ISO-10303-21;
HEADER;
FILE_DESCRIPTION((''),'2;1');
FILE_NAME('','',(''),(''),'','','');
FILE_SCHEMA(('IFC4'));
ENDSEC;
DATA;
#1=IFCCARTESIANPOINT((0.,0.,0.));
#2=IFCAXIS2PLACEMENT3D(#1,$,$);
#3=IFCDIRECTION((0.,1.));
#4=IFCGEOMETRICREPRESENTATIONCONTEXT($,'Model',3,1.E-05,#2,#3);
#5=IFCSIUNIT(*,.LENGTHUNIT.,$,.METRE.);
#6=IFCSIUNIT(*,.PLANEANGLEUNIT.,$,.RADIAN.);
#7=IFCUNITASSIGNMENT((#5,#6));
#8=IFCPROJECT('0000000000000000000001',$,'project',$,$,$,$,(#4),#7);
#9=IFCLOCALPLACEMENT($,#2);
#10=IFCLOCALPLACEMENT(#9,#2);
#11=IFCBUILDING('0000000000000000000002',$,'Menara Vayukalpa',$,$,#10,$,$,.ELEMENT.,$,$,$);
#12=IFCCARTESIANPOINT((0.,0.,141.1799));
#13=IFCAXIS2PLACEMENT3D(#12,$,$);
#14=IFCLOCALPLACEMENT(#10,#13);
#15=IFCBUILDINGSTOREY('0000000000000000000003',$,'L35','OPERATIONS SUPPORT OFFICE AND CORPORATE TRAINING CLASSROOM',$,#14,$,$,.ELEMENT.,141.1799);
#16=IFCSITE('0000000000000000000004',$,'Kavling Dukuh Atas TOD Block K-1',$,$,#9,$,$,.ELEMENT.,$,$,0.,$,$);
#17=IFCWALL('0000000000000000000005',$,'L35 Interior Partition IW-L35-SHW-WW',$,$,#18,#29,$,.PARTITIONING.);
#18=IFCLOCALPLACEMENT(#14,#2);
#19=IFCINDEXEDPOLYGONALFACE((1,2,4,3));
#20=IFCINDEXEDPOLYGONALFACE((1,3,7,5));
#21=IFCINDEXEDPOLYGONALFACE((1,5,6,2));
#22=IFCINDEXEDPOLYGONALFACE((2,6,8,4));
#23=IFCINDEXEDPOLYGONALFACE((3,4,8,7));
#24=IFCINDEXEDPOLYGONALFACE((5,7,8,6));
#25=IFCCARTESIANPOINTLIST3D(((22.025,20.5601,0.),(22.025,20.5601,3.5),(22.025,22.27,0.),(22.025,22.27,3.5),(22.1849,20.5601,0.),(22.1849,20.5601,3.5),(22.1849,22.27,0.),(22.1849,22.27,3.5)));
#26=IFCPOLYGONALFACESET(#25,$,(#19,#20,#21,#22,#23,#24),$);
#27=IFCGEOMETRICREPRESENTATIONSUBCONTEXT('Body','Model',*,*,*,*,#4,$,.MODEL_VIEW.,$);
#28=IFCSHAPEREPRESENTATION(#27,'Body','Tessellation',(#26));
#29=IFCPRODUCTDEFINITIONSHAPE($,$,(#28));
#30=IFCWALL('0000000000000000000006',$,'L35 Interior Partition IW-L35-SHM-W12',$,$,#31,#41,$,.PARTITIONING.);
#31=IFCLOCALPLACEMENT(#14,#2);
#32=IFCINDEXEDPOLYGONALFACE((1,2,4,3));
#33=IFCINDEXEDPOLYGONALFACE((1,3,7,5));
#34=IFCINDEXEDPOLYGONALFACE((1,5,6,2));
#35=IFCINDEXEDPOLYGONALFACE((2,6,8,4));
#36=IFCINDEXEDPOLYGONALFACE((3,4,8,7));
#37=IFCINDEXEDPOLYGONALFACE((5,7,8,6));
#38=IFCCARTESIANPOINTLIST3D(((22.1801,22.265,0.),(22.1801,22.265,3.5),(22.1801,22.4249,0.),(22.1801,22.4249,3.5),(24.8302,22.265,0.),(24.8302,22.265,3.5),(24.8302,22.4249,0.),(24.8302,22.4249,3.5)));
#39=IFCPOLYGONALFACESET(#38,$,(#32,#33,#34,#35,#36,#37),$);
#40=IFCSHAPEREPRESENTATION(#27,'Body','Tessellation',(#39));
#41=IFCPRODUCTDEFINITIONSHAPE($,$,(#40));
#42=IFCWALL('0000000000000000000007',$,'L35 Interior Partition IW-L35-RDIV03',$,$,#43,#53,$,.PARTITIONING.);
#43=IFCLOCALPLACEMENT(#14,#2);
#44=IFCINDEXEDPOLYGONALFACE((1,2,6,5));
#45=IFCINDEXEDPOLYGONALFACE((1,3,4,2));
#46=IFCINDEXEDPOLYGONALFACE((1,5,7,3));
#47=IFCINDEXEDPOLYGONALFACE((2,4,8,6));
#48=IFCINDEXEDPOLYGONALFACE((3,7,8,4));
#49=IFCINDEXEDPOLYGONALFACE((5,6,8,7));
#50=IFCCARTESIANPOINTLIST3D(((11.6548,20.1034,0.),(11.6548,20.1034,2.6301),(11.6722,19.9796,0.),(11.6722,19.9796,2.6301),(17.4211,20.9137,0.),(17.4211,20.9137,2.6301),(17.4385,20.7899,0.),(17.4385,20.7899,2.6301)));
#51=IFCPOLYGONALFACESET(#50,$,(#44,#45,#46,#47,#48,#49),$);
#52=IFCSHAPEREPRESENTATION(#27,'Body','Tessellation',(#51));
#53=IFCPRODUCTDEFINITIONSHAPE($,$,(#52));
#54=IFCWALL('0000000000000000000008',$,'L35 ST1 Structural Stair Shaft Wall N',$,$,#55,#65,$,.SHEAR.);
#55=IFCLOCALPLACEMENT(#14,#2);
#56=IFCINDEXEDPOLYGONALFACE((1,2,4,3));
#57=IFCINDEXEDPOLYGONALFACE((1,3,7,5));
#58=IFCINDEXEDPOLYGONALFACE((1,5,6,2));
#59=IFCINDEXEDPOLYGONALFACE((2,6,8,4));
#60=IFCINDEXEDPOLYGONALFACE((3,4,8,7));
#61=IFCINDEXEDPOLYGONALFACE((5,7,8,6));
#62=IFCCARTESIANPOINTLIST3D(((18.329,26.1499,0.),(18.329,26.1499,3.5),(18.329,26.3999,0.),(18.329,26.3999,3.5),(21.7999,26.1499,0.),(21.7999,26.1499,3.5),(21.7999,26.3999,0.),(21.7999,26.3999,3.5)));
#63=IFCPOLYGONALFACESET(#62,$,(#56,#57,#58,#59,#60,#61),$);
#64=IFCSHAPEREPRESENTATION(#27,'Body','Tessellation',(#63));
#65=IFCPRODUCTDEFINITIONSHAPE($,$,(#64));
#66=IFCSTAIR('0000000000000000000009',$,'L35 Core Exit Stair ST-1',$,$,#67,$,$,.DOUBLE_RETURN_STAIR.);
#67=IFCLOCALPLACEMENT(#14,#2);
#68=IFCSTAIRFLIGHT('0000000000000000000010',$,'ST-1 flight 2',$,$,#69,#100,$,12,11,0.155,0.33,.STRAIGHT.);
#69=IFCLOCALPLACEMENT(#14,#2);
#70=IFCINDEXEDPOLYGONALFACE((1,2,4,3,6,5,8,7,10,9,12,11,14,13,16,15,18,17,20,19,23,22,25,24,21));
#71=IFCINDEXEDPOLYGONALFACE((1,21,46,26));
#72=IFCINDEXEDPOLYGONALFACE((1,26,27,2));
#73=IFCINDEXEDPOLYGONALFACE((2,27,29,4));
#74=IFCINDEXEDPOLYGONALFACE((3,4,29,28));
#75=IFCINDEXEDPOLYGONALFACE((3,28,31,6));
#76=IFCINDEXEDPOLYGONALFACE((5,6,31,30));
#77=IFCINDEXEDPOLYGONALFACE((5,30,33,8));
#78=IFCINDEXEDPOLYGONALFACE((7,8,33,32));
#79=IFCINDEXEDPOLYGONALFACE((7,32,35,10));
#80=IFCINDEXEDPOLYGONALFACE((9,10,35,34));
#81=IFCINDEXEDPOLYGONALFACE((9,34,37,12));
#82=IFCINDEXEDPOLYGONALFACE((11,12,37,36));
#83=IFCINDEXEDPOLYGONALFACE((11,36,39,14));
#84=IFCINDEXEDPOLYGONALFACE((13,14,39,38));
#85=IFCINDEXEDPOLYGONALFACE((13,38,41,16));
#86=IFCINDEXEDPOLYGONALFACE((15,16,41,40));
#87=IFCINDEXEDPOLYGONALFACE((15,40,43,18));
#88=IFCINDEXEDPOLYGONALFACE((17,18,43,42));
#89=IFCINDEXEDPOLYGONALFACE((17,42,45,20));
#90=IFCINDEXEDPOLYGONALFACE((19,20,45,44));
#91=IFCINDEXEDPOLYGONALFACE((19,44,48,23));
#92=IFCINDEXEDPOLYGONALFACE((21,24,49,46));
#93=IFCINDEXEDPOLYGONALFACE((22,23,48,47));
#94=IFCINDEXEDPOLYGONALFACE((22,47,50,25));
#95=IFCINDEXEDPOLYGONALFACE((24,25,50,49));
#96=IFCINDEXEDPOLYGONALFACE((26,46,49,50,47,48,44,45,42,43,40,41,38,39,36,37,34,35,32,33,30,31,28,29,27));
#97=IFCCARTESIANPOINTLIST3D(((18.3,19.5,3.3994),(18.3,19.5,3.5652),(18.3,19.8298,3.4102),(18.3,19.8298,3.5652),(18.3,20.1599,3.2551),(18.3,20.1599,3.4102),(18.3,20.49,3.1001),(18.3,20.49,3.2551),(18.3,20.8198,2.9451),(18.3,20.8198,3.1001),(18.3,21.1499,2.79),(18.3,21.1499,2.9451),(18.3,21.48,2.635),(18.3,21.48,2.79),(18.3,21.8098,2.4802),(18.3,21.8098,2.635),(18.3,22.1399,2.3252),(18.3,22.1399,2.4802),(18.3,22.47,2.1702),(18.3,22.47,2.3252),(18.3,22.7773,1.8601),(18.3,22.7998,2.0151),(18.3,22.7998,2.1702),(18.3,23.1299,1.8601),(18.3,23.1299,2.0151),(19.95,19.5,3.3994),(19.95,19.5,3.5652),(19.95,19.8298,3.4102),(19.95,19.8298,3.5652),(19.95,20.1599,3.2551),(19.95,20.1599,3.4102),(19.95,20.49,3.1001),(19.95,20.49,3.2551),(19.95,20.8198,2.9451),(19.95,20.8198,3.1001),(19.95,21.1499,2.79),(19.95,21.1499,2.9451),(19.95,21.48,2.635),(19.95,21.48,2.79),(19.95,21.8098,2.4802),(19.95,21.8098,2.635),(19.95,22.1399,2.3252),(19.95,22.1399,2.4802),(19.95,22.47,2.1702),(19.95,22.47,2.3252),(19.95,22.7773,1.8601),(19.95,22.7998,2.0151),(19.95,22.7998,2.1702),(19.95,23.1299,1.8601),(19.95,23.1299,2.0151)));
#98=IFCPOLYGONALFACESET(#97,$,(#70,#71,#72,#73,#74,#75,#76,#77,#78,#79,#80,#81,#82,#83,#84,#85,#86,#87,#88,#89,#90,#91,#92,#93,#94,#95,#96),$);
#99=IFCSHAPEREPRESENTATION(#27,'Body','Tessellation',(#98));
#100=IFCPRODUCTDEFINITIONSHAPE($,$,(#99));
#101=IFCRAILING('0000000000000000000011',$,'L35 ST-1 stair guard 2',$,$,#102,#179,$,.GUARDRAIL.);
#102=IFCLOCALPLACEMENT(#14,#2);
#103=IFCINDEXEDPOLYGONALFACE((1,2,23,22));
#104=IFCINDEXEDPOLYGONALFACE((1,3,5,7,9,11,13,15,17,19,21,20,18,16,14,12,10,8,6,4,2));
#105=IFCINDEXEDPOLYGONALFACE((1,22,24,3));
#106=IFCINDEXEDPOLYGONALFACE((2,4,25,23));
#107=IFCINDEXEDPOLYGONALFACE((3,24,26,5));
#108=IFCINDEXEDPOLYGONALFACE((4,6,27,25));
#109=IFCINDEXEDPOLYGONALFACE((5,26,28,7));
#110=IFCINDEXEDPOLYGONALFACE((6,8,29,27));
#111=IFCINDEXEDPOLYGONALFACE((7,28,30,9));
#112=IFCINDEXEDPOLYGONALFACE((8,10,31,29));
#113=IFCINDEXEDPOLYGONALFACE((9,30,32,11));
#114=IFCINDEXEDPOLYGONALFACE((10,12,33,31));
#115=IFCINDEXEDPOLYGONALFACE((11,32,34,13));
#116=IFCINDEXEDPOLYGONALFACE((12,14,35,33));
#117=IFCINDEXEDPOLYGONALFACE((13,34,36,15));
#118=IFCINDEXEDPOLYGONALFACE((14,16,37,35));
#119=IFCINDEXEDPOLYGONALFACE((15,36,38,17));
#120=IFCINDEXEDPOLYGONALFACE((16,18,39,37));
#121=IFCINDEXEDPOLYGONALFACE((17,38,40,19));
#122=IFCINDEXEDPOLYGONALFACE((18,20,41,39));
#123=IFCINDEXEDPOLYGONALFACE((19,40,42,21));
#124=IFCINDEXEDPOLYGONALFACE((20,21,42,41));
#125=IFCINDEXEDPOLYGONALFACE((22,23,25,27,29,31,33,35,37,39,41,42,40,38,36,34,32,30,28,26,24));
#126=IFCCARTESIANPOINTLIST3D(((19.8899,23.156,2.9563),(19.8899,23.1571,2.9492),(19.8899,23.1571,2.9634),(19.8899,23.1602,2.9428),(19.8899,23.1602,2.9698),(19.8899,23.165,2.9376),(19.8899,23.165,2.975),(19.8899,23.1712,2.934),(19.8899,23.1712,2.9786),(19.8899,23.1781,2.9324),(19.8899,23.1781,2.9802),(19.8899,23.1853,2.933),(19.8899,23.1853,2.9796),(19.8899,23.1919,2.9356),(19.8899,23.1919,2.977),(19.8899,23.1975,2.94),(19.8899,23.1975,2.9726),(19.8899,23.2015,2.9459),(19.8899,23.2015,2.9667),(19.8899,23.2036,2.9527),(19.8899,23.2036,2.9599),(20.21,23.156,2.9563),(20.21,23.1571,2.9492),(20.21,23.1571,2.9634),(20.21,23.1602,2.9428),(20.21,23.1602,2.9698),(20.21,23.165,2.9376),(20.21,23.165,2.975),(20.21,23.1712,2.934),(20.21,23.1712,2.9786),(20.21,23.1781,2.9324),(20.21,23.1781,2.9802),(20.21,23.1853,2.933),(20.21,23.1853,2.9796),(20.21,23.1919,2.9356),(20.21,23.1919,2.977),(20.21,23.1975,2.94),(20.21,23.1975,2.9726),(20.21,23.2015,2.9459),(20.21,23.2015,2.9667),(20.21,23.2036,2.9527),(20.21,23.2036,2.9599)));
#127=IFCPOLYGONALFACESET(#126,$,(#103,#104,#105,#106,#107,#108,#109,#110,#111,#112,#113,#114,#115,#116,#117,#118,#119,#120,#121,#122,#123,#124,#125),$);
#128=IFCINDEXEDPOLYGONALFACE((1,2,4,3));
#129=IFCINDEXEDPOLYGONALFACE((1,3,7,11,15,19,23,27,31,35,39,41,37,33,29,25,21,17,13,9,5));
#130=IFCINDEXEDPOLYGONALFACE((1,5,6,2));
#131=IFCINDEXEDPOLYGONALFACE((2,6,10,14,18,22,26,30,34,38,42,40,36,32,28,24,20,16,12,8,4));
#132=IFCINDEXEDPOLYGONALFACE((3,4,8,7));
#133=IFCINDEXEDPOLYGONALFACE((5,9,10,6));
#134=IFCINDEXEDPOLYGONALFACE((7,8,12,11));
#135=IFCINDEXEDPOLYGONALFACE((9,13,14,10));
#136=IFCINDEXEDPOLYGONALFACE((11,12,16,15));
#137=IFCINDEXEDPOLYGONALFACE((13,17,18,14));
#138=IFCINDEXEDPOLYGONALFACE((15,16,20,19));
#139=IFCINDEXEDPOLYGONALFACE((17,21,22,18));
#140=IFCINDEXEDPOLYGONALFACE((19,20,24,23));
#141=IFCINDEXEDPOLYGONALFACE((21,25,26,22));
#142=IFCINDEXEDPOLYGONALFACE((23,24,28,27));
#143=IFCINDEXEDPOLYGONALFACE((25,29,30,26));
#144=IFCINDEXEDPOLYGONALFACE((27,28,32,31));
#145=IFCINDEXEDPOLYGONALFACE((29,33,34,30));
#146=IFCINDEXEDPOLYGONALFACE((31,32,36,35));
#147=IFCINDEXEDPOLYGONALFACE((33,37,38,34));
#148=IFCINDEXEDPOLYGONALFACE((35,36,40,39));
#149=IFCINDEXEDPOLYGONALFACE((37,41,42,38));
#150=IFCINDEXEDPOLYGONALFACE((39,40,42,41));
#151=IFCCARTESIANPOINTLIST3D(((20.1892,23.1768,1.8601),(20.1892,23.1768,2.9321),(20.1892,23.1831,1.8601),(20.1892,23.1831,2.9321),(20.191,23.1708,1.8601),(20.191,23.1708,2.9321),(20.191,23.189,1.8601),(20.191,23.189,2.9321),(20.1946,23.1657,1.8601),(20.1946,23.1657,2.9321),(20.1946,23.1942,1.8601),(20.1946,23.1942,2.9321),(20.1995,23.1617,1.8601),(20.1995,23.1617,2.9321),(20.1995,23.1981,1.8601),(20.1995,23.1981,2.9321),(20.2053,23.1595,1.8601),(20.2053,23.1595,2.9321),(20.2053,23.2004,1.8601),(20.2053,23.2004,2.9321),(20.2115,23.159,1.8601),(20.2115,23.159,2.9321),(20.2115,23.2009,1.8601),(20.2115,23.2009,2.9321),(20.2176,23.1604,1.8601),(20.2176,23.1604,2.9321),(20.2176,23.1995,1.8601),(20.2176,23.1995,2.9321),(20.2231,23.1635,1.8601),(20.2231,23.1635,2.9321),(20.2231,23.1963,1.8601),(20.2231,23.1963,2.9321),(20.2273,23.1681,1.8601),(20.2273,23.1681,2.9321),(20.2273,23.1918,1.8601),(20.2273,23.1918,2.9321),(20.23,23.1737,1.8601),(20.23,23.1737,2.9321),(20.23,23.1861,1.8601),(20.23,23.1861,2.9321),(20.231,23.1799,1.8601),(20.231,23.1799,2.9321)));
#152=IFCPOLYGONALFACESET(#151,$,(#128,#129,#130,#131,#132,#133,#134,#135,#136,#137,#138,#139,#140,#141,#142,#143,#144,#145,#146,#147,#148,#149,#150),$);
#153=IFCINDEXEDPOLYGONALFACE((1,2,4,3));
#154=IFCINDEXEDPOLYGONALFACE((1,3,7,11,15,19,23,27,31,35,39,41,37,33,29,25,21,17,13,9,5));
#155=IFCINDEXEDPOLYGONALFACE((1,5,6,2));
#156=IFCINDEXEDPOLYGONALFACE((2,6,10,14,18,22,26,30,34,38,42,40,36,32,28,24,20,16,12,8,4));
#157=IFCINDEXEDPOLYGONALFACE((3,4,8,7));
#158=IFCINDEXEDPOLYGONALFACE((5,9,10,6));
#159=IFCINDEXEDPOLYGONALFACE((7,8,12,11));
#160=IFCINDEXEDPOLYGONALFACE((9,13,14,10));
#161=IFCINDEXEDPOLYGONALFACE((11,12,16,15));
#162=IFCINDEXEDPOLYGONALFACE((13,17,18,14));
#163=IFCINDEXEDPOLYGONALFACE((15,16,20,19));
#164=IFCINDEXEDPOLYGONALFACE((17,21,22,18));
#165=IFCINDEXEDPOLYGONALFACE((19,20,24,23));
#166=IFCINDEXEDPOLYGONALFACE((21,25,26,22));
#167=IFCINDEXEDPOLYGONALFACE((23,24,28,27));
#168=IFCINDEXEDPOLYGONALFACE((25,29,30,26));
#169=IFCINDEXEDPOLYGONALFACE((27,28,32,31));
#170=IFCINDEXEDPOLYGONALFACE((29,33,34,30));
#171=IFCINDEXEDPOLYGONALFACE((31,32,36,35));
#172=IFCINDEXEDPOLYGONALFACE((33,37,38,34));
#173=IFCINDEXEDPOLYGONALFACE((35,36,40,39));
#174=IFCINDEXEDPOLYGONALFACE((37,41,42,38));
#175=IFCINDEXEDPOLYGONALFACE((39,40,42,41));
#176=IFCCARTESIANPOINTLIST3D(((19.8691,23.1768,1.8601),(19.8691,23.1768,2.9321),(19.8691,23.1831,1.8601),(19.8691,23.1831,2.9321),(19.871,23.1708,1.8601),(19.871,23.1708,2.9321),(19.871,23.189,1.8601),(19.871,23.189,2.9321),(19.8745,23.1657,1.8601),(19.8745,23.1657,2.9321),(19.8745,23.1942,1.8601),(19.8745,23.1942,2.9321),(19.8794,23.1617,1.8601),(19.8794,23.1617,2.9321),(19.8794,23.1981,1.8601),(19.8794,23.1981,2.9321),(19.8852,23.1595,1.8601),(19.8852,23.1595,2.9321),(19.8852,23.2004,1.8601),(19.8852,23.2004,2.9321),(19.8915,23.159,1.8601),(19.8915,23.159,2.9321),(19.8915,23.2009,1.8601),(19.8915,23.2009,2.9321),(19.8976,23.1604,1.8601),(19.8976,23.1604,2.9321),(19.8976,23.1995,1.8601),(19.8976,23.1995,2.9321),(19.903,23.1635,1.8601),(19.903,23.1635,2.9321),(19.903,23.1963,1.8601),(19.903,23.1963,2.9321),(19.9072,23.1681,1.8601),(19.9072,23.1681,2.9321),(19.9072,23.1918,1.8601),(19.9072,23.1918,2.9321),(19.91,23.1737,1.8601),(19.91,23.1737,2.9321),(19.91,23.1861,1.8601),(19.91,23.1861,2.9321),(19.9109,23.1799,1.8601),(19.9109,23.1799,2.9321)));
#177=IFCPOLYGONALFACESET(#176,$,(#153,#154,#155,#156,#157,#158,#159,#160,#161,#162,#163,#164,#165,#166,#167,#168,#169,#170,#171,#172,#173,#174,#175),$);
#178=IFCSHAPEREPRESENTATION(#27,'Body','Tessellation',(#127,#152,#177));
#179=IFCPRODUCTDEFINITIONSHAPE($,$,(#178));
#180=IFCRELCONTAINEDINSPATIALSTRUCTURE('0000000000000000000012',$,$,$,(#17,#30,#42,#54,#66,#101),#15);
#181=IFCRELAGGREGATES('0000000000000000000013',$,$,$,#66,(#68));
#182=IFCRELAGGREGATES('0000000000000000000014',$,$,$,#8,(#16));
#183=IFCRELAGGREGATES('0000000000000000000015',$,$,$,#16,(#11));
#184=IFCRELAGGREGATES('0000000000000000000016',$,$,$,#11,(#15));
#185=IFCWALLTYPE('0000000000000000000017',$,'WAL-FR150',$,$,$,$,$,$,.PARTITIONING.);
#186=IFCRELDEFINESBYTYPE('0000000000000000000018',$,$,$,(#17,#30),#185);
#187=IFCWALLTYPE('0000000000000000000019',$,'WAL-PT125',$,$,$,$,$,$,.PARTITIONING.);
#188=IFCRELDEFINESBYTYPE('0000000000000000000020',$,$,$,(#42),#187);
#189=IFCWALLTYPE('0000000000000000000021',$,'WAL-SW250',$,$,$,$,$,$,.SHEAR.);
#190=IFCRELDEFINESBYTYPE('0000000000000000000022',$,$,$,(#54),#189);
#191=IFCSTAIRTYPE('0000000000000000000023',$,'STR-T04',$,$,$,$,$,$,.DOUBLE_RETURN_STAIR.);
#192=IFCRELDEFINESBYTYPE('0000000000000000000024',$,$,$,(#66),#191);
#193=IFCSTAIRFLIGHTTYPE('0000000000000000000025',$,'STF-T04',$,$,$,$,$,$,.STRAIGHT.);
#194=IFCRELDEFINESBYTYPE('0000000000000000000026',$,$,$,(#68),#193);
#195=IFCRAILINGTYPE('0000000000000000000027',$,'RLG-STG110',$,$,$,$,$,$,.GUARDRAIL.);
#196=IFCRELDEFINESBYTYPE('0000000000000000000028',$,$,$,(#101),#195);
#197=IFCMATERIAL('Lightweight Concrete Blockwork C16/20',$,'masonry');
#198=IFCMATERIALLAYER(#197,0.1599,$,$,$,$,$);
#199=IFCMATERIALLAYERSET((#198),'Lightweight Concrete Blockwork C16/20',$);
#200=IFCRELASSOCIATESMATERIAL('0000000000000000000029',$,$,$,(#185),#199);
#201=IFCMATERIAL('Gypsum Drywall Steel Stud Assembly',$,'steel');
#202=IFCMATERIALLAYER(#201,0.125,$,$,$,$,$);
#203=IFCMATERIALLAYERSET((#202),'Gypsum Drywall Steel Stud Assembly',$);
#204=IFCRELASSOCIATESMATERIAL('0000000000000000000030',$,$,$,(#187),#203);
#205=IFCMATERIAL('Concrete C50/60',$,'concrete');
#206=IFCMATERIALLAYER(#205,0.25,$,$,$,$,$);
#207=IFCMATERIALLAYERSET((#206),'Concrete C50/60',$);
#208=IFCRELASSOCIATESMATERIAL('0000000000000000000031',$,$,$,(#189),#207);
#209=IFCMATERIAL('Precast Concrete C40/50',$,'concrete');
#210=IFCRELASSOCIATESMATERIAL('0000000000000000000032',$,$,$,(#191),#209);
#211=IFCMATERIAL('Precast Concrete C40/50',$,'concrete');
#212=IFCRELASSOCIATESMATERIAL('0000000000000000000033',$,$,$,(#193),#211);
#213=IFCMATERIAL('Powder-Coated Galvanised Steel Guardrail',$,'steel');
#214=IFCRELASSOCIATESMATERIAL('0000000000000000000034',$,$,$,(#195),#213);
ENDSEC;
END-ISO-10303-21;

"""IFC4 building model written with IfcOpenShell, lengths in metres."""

from ifc_helpers import new_model, si_unit, direction, frame, frame_2d, origin, origin_2d, place, context, subcontext, project, spatial, polyline, rectangle, circle, outline, extrude, material, layer, layer_set, type_object, element, aggregate, save


model = new_model("IFC4")

# Units and contexts
model_context = context("Model", 3, precision=1e-05, world=origin(), true_north=direction((0.0, 1.0)))
body_context = subcontext(model_context, "Body", "Model", "MODEL_VIEW")
ifc_project = project(units=[si_unit("LENGTHUNIT", "METRE"), si_unit("PLANEANGLEUNIT", "RADIAN")], contexts=[model_context])

# Site, building, storey
site_placement = place(None, origin())
site = spatial("IfcSite", under=ifc_project, at=site_placement, Name="Kavling Dukuh Atas TOD Block K-1", CompositionType="ELEMENT", RefElevation=0.0)
building_placement = place(site_placement, origin())
building = spatial("IfcBuilding", under=site, at=building_placement, Name="Menara Vayukalpa", CompositionType="ELEMENT")
storey_placement = place(building_placement, frame((0.0, 0.0, 141.1799)))
storey = spatial("IfcBuildingStorey", under=building, at=storey_placement, Name="L35", Description="OPERATIONS SUPPORT OFFICE AND CORPORATE TRAINING CLASSROOM", CompositionType="ELEMENT", Elevation=141.1799)

# Walls
ifc_material_1 = material(Name="Lightweight Concrete Blockwork C16/20", Category="masonry")
ifc_layer_1 = layer(ifc_material_1, 0.1599)
ifc_layer_set_1 = layer_set([ifc_layer_1], Name="Lightweight Concrete Blockwork C16/20")
wall_type_1 = type_object("IfcWallType", Name="WAL-FR150", PredefinedType="PARTITIONING", material=ifc_layer_set_1)
wall_1_placement = place(storey_placement, frame((22.105, 20.5601, 0.0), z_axis=(0.0, 0.0, 1.0), x_axis=(0.0, 1.0, 0.0)))
element("IfcWall", 1, at=wall_1_placement, inside=storey, type_object=wall_type_1, Name="L35 Interior Partition IW-L35-SHW-WW", PredefinedType="PARTITIONING", context=body_context, shape_type="SweptSolid", body=[
    extrude(rectangle(XDim=1.71, YDim=0.1599, at=frame_2d((0.855, 0.0))), origin(), (0.0, 0.0, 1.0), 3.5),
])
wall_2_placement = place(storey_placement, frame((22.1799, 22.345, 0.0), z_axis=(0.0, 0.0, 1.0), x_axis=(1.0, 0.0, 0.0)))
element("IfcWall", 2, at=wall_2_placement, inside=storey, type_object=wall_type_1, Name="L35 Interior Partition IW-L35-SHM-W12", PredefinedType="PARTITIONING", context=body_context, shape_type="SweptSolid", body=[
    extrude(rectangle(XDim=2.6501, YDim=0.1599, at=frame_2d((1.3252, 0.0))), origin(), (0.0, 0.0, 1.0), 3.5),
])
ifc_material_2 = material(Name="Gypsum Drywall Steel Stud Assembly", Category="steel")
ifc_layer_2 = layer(ifc_material_2, 0.125)
ifc_layer_set_2 = layer_set([ifc_layer_2], Name="Gypsum Drywall Steel Stud Assembly")
wall_type_2 = type_object("IfcWallType", Name="WAL-PT125", PredefinedType="PARTITIONING", material=ifc_layer_set_2)
wall_3_placement = place(storey_placement, frame((17.4299, 20.8518, 0.0), z_axis=(0.0, 0.0, 1.0), x_axis=(-0.990271, -0.139155, 0.0)))
element("IfcWall", 3, at=wall_3_placement, inside=storey, type_object=wall_type_2, Name="L35 Interior Partition IW-L35-RDIV03", PredefinedType="PARTITIONING", context=body_context, shape_type="SweptSolid", body=[
    extrude(rectangle(XDim=5.823, YDim=0.125, at=frame_2d((2.9116, 0.0))), origin(), (0.0, 0.0, 1.0), 2.6301),
])
ifc_material_3 = material(Name="Concrete C50/60", Category="concrete")
ifc_layer_3 = layer(ifc_material_3, 0.25)
ifc_layer_set_3 = layer_set([ifc_layer_3], Name="Concrete C50/60")
wall_type_3 = type_object("IfcWallType", Name="WAL-SW250", PredefinedType="SHEAR", material=ifc_layer_set_3)
wall_4_placement = place(storey_placement, frame((18.3291, 26.2749, 0.0), z_axis=(0.0, 0.0, 1.0), x_axis=(1.0, 0.0, 0.0)))
element("IfcWall", 4, at=wall_4_placement, inside=storey, type_object=wall_type_3, Name="L35 ST1 Structural Stair Shaft Wall N", PredefinedType="SHEAR", context=body_context, shape_type="SweptSolid", body=[
    extrude(rectangle(XDim=3.4709, YDim=0.25, at=frame_2d((1.7354, 0.0))), origin(), (0.0, 0.0, 1.0), 3.5),
])

# Stair, stair flight
ifc_material_4 = material(Name="Precast Concrete C40/50", Category="concrete")
stair_type = type_object("IfcStairType", Name="STR-T04", PredefinedType="DOUBLE_RETURN_STAIR", material=ifc_material_4)
stair_placement = place(storey_placement, origin())
stair = element("IfcStair", 5, at=stair_placement, inside=storey, type_object=stair_type, Name="L35 Core Exit Stair ST-1", PredefinedType="DOUBLE_RETURN_STAIR")
ifc_material_5 = material(Name="Precast Concrete C40/50", Category="concrete")
stair_flight_type = type_object("IfcStairFlightType", Name="STF-T04", PredefinedType="STRAIGHT", material=ifc_material_5)
stair_flight_placement = place(storey_placement, frame((19.125, 23.1299, 1.8601), z_axis=(0.0, 0.0, 1.0), x_axis=(0.0, -1.0, 0.0)))
stair_flight = element("IfcStairFlight", 6, at=stair_flight_placement, type_object=stair_flight_type, Name="ST-1 flight 2", NumberOfRisers=12, NumberOfTreads=11, PredefinedType="STRAIGHT", RiserHeight=0.155, TreadLength=0.33, context=body_context, shape_type="SweptSolid", body=[
    extrude(outline(polyline([(0.0, 0.0), (0.0, 0.155), (0.3301, 0.155), (0.3301, 0.3101), (0.6599, 0.3101), (0.6599, 0.4651), (0.99, 0.4651), (0.99, 0.6201), (1.3201, 0.6201), (1.3201, 0.7749), (1.6499, 0.7749), (1.6499, 0.9299), (1.98, 0.9299), (1.98, 1.085), (2.3101, 1.085), (2.3101, 1.24), (2.6399, 1.24), (2.6399, 1.395), (2.97, 1.395), (2.97, 1.55), (3.3, 1.55), (3.3, 1.7051), (3.6299, 1.7051), (3.6299, 1.8601), (3.6299, 1.5393), (0.3525, 0.0), (0.0, 0.0)])), frame((0.0, 0.825, 0.0), z_axis=(0.0, -1.0, 0.0), x_axis=(1.0, 0.0, 0.0)), (0.0, 0.0, 1.0), 1.6499),
])
aggregate(stair, [stair_flight])

# Railing
ifc_material_6 = material(Name="Powder-Coated Galvanised Steel Guardrail", Category="steel")
railing_type_1 = type_object("IfcRailingType", Name="RLG-STG110", PredefinedType="GUARDRAIL", material=ifc_material_6)
railing_1_placement = place(storey_placement, frame((20.21, 23.1799, 1.8601)))
element("IfcRailing", 7, at=railing_1_placement, inside=storey, type_object=railing_type_1, Name="L35 ST-1 stair guard 2", PredefinedType="GUARDRAIL", context=body_context, shape_type="SweptSolid", body=[
    extrude(circle(Radius=0.0239, at=origin_2d()), frame((0.0, 0.0, 1.0962), z_axis=(-1.0, 0.0, 0.0), x_axis=(0.0, -1.0, 0.0)), (0.0, 0.0, 1.0), 0.3201),
    extrude(circle(Radius=0.021, at=origin_2d()), origin(), (0.0, 0.0, 1.0), 1.072),
    extrude(circle(Radius=0.021, at=origin_2d()), frame((-0.3201, 0.0, 0.0)), (0.0, 0.0, 1.0), 1.072),
])

save(model, "model.ifc")
